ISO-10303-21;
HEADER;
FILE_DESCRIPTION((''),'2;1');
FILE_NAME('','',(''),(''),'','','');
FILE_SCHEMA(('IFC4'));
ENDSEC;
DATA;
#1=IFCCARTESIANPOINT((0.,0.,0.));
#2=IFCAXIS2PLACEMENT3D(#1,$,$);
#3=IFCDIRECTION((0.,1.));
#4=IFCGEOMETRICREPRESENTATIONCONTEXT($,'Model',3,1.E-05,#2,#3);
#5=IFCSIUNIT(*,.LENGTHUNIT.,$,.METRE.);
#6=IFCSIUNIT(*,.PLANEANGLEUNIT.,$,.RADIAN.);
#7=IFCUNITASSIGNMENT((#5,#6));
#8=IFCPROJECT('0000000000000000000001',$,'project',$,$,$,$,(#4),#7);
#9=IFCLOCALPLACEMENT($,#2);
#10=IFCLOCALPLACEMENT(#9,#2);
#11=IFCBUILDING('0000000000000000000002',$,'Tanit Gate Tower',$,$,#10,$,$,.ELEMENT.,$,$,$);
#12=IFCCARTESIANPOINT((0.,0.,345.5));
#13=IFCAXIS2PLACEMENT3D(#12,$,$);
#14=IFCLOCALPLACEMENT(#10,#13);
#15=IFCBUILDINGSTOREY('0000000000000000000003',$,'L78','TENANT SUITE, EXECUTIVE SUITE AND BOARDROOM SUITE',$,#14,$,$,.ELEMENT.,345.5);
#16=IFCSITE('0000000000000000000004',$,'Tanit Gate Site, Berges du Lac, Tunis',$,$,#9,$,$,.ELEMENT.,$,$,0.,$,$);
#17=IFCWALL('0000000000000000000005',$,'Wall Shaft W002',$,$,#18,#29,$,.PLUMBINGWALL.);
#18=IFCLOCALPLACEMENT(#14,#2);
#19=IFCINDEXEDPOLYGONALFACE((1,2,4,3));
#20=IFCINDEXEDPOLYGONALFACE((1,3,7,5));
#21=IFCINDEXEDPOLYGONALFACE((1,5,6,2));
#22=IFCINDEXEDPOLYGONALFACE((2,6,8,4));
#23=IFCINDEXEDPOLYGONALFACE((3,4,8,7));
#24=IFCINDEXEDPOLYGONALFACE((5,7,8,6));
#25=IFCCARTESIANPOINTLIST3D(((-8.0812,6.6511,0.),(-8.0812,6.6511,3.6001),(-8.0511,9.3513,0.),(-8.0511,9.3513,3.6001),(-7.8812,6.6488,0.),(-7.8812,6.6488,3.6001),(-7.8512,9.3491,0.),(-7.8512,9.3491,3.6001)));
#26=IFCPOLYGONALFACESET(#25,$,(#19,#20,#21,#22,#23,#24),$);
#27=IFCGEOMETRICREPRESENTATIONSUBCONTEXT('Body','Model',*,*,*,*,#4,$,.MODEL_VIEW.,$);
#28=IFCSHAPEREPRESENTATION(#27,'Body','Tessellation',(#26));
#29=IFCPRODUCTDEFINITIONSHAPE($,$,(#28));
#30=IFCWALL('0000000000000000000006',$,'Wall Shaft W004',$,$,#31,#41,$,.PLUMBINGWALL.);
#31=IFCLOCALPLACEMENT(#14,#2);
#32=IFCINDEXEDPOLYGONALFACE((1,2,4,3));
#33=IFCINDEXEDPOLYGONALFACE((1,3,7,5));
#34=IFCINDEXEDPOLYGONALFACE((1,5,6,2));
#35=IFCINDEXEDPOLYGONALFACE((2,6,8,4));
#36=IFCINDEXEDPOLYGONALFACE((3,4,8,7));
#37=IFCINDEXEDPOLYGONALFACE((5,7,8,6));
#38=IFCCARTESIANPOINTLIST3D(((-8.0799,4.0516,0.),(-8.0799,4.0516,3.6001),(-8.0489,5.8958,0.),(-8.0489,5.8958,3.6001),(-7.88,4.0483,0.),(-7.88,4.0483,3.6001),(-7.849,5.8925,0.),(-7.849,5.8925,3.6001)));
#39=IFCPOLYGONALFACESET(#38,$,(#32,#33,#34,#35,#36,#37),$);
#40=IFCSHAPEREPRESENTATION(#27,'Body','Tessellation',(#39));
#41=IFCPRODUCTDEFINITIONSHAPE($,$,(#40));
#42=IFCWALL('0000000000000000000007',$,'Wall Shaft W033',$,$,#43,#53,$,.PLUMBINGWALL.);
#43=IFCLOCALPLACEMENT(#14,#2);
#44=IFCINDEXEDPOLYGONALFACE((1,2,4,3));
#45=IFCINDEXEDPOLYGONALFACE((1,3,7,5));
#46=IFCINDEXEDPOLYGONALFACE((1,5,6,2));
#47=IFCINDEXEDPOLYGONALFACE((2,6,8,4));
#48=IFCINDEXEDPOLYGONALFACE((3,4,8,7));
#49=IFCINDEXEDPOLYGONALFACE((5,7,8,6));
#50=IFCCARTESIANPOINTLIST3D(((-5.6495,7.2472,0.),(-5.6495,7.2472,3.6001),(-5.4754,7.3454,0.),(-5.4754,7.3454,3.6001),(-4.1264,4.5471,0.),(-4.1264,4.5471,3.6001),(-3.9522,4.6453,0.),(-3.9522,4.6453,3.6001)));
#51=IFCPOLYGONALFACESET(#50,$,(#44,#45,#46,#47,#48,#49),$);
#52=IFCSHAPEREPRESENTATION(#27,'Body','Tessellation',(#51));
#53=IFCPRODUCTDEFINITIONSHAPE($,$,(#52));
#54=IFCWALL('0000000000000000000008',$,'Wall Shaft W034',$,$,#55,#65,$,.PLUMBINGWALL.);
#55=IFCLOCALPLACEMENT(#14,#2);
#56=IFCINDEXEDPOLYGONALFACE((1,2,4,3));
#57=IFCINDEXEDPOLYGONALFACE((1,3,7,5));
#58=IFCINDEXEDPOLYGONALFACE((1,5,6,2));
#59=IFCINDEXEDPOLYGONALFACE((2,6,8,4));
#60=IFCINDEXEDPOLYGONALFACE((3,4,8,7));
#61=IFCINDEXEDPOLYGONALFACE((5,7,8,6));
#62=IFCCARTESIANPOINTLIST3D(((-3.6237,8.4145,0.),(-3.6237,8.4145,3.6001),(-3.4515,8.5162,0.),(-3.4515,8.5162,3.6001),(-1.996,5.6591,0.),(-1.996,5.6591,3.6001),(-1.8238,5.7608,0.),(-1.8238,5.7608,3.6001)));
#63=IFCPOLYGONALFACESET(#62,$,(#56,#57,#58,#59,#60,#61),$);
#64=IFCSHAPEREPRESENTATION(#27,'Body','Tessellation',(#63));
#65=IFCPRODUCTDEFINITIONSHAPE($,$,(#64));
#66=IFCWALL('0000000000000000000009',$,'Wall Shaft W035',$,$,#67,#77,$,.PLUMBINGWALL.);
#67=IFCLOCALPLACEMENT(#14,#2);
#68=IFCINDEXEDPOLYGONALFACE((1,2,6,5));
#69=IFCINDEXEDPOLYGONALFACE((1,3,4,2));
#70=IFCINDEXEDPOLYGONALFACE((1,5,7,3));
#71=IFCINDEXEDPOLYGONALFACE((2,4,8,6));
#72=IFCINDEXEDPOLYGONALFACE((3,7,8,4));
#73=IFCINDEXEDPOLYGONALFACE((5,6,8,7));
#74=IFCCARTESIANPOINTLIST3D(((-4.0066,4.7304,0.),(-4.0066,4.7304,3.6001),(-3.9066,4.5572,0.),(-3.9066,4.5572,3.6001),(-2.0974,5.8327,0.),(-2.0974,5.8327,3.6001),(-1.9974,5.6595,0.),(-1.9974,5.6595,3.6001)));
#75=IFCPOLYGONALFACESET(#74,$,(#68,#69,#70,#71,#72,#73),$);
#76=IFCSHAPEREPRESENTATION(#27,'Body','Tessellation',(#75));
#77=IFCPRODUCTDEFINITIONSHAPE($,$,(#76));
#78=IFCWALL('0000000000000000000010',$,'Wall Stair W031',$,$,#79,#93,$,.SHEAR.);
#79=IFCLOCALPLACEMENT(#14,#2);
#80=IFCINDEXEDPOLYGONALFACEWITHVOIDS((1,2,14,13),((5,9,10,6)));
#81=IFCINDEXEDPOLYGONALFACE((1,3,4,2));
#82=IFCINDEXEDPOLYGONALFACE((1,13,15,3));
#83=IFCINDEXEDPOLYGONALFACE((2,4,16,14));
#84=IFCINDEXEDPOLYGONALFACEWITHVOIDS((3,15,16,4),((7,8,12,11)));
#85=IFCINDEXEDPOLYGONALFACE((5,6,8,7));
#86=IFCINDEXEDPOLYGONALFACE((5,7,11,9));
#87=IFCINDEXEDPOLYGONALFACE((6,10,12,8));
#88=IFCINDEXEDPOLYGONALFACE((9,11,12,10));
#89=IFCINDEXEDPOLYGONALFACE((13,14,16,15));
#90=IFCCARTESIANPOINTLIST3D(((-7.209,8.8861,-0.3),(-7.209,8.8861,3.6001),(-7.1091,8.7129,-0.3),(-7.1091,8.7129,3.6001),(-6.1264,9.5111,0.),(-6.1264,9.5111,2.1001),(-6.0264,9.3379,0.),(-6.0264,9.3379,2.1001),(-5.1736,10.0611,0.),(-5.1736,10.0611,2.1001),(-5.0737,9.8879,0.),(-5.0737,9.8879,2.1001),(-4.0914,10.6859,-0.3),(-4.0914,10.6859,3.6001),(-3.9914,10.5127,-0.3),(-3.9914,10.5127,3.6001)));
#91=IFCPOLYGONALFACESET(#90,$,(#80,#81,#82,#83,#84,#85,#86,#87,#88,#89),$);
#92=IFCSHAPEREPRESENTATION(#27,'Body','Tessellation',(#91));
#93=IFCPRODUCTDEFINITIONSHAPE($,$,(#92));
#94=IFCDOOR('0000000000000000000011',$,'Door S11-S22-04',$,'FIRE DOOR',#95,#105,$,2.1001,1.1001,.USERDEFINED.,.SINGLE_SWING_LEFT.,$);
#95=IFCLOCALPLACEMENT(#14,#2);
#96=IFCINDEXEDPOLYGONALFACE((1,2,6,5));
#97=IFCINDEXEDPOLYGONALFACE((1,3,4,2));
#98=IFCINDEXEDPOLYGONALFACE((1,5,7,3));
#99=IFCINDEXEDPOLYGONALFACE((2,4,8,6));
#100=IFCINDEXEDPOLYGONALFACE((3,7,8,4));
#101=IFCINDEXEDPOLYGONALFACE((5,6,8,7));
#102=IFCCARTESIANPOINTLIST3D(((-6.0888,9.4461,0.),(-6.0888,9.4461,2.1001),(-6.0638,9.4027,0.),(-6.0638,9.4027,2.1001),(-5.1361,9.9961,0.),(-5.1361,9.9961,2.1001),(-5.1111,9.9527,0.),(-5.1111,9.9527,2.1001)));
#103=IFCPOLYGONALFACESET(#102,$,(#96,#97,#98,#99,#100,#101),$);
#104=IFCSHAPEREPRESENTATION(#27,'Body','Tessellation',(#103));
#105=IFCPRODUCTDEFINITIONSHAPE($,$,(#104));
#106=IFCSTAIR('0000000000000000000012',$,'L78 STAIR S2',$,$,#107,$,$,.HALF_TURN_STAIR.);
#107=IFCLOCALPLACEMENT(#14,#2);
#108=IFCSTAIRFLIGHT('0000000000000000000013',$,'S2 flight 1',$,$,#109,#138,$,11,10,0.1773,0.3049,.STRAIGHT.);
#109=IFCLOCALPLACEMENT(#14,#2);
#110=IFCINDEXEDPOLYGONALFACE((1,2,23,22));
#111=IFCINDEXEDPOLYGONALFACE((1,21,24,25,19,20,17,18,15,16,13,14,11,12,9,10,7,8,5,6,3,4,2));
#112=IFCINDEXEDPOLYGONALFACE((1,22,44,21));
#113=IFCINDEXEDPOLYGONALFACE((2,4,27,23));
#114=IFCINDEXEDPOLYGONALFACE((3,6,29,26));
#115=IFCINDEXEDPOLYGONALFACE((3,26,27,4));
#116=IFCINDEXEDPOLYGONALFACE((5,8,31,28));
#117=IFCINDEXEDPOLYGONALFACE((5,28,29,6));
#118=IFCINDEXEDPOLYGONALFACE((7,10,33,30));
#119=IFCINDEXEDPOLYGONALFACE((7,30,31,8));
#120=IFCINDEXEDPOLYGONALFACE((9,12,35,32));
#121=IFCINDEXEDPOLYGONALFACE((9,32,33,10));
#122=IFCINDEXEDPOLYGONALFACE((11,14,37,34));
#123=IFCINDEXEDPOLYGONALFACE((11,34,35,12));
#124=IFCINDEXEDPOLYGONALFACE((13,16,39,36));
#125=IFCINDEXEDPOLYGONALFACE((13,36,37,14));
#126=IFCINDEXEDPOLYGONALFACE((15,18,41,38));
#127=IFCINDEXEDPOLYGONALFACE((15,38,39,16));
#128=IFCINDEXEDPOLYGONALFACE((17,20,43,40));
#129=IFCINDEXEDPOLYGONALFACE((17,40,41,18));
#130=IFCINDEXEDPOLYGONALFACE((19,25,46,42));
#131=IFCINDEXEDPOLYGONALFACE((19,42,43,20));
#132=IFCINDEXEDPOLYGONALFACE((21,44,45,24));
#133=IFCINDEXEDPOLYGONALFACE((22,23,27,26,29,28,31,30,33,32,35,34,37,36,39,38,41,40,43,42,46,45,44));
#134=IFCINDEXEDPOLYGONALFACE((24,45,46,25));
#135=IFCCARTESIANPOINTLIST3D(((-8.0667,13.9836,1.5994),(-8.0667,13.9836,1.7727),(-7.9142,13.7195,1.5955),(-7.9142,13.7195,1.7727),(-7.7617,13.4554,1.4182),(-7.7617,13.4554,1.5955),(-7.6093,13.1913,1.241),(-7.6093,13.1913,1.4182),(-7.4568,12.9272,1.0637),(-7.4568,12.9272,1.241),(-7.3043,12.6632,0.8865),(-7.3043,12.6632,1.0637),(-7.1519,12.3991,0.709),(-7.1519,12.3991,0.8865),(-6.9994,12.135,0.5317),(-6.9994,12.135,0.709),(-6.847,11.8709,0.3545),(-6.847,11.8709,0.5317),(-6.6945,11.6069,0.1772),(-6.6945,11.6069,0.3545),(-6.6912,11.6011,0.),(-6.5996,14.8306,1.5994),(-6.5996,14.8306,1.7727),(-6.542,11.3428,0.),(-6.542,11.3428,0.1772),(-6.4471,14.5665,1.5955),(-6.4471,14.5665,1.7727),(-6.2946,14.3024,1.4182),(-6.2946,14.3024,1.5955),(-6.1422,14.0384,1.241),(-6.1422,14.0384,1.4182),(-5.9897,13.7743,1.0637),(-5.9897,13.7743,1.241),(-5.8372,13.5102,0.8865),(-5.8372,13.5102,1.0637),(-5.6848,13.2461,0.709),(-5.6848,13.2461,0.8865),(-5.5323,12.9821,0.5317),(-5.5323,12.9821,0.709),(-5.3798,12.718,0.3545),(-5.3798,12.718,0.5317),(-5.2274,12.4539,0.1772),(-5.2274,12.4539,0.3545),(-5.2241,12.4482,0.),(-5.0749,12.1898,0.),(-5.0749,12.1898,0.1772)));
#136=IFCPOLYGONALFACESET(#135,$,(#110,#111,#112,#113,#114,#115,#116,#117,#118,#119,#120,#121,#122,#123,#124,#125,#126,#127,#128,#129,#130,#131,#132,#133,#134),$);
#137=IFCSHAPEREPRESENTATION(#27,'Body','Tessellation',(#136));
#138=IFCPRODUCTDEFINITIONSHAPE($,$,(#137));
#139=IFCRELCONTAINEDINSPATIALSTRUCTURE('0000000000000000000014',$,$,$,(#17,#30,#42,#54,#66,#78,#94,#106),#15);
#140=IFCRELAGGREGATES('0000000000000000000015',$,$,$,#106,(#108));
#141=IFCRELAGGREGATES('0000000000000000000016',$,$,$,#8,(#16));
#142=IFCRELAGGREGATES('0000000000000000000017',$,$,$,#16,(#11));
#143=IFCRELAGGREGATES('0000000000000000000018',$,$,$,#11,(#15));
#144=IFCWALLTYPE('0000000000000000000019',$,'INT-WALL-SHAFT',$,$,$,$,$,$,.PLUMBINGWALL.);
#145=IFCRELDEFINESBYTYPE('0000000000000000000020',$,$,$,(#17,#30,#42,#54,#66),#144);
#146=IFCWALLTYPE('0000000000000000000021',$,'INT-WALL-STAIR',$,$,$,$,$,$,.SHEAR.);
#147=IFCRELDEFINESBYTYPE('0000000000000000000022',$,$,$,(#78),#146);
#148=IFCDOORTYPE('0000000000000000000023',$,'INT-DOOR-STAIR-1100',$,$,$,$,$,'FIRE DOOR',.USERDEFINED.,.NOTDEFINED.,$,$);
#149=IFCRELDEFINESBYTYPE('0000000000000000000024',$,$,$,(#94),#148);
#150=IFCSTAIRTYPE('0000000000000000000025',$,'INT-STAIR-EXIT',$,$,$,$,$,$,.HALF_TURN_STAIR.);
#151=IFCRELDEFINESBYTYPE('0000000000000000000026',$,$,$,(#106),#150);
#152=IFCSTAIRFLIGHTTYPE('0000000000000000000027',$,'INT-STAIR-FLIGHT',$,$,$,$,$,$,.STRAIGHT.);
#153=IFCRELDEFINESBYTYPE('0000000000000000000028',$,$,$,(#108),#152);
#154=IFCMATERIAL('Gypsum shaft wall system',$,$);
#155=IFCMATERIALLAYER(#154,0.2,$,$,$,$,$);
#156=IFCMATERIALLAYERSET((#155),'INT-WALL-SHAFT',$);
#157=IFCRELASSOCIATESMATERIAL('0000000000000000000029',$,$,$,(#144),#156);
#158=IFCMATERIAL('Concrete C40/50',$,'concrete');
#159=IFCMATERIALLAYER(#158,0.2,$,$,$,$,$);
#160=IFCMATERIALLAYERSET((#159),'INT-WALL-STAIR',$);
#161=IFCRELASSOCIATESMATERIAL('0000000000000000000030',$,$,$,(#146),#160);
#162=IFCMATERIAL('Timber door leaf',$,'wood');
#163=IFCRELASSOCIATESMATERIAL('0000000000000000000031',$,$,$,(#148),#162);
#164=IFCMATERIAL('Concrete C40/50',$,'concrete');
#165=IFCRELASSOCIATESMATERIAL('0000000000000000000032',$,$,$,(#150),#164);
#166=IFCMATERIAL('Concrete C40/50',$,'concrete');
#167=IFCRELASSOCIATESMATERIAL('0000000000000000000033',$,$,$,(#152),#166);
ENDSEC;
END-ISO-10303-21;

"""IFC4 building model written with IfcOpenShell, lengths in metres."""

from ifc_helpers import new_model, si_unit, direction, frame, frame_2d, origin, place, context, subcontext, project, spatial, polyline, rectangle, outline, extrude, material, layer, layer_set, type_object, element, fill, aggregate, save


model = new_model("IFC4")

# Units and contexts
model_context = context("Model", 3, precision=1e-05, world=origin(), true_north=direction((0.0, 1.0)))
body_context = subcontext(model_context, "Body", "Model", "MODEL_VIEW")
ifc_project = project(units=[si_unit("LENGTHUNIT", "METRE"), si_unit("PLANEANGLEUNIT", "RADIAN")], contexts=[model_context])

# Site, building, storey
site_placement = place(None, origin())
site = spatial("IfcSite", under=ifc_project, at=site_placement, Name="Tanit Gate Site, Berges du Lac, Tunis", CompositionType="ELEMENT", RefElevation=0.0)
building_placement = place(site_placement, origin())
building = spatial("IfcBuilding", under=site, at=building_placement, Name="Tanit Gate Tower", CompositionType="ELEMENT")
storey_placement = place(building_placement, frame((0.0, 0.0, 345.5)))
storey = spatial("IfcBuildingStorey", under=building, at=storey_placement, Name="L78", Description="TENANT SUITE, EXECUTIVE SUITE AND BOARDROOM SUITE", CompositionType="ELEMENT", Elevation=345.5)

# Walls
ifc_material_1 = material(Name="Gypsum shaft wall system")
ifc_layer_1 = layer(ifc_material_1, 0.2)
ifc_layer_set_1 = layer_set([ifc_layer_1], Name="INT-WALL-SHAFT")
wall_type_1 = type_object("IfcWallType", Name="INT-WALL-SHAFT", PredefinedType="PLUMBINGWALL", material=ifc_layer_set_1)
wall_1_placement = place(storey_placement, frame((-7.9512, 9.3501, 0.0), z_axis=(0.0, 0.0, 1.0), x_axis=(-0.01112, -0.999938, 0.0)))
element("IfcWall", 1, at=wall_1_placement, inside=storey, type_object=wall_type_1, Name="Wall Shaft W002", PredefinedType="PLUMBINGWALL", context=body_context, shape_type="SweptSolid", body=[
    extrude(rectangle(XDim=2.7004, YDim=0.2, at=frame_2d((1.3501, 0.0))), origin(), (0.0, 0.0, 1.0), 3.6001),
])
wall_2_placement = place(storey_placement, frame((-7.949, 5.8943, 0.0), z_axis=(0.0, 0.0, 1.0), x_axis=(-0.01681, -0.999859, 0.0)))
element("IfcWall", 2, at=wall_2_placement, inside=storey, type_object=wall_type_1, Name="Wall Shaft W004", PredefinedType="PLUMBINGWALL", context=body_context, shape_type="SweptSolid", body=[
    extrude(rectangle(XDim=1.8445, YDim=0.2, at=frame_2d((0.9224, 0.0))), origin(), (0.0, 0.0, 1.0), 3.6001),
])

# Walls
wall_3_placement = place(storey_placement, frame((-4.0393, 4.5962, 0.0), z_axis=(0.0, 0.0, 1.0), x_axis=(-0.491323, 0.870978, 0.0)))
element("IfcWall", 3, at=wall_3_placement, inside=storey, type_object=wall_type_1, Name="Wall Shaft W033", PredefinedType="PLUMBINGWALL", context=body_context, shape_type="SweptSolid", body=[
    extrude(rectangle(XDim=3.1001, YDim=0.2, at=frame_2d((1.55, 0.0))), origin(), (0.0, 0.0, 1.0), 3.6001),
])
wall_4_placement = place(storey_placement, frame((-3.5376, 8.4653, 0.0), z_axis=(0.0, 0.0, 1.0), x_axis=(0.508616, -0.860993, 0.0)))
element("IfcWall", 4, at=wall_4_placement, inside=storey, type_object=wall_type_1, Name="Wall Shaft W034", PredefinedType="PLUMBINGWALL", context=body_context, shape_type="SweptSolid", body=[
    extrude(rectangle(XDim=3.2002, YDim=0.2, at=frame_2d((1.6001, 0.0))), origin(), (0.0, 0.0, 1.0), 3.6001),
])
wall_5_placement = place(storey_placement, frame((-2.0474, 5.7461, 0.0), z_axis=(0.0, 0.0, 1.0), x_axis=(-0.86602, -0.50001, 0.0)))
element("IfcWall", 5, at=wall_5_placement, inside=storey, type_object=wall_type_1, Name="Wall Shaft W035", PredefinedType="PLUMBINGWALL", context=body_context, shape_type="SweptSolid", body=[
    extrude(rectangle(XDim=2.2046, YDim=0.2, at=frame_2d((1.1023, 0.0))), origin(), (0.0, 0.0, 1.0), 3.6001),
])

# Wall, opening, door
ifc_material_2 = material(Name="Concrete C40/50", Category="concrete")
ifc_layer_2 = layer(ifc_material_2, 0.2)
ifc_layer_set_2 = layer_set([ifc_layer_2], Name="INT-WALL-STAIR")
wall_type_2 = type_object("IfcWallType", Name="INT-WALL-STAIR", PredefinedType="SHEAR", material=ifc_layer_set_2)
wall_6_placement = place(storey_placement, frame((-7.1589, 8.7996, -0.3), z_axis=(0.0, 0.0, 1.0), x_axis=(0.866048, 0.499961, 0.0)))
wall_6 = element("IfcWall", 6, at=wall_6_placement, inside=storey, type_object=wall_type_2, Name="Wall Stair W031", PredefinedType="SHEAR", context=body_context, shape_type="SweptSolid", body=[
    extrude(rectangle(XDim=3.5999, YDim=0.2, at=frame_2d((1.7998, 0.0))), origin(), (0.0, 0.0, 1.0), 3.9001),
])
opening_1_placement = place(wall_6_placement, frame((1.25, 0.0, 0.3)))
opening_1 = element("IfcOpeningElement", 7, at=opening_1_placement, cuts=wall_6, PredefinedType="OPENING", context=body_context, shape_type="SweptSolid", body=[
    extrude(rectangle(XDim=1.1001, YDim=2.1001, at=frame_2d((0.55, 1.05))), frame((0.0, 0.1099, 0.0), z_axis=(0.0, -1.0, 0.0), x_axis=(1.0, 0.0, 0.0)), (0.0, 0.0, 1.0), 0.22),
])
ifc_material_3 = material(Name="Timber door leaf", Category="wood")
door_type_1 = type_object("IfcDoorType", Name="INT-DOOR-STAIR-1100", ElementType="FIRE DOOR", OperationType="NOTDEFINED", PredefinedType="USERDEFINED", material=ifc_material_3)
door_1_placement = place(opening_1_placement, origin())
door_1 = element("IfcDoor", 8, at=door_1_placement, inside=storey, type_object=door_type_1, Name="Door S11-S22-04", ObjectType="FIRE DOOR", OperationType="SINGLE_SWING_LEFT", OverallHeight=2.1001, OverallWidth=1.1001, PredefinedType="USERDEFINED", context=body_context, shape_type="SweptSolid", body=[
    extrude(rectangle(XDim=1.1001, YDim=2.1001, at=frame_2d((0.55, 1.05))), frame((0.0, 0.0249, 0.0), z_axis=(0.0, -1.0, 0.0), x_axis=(1.0, 0.0, 0.0)), (0.0, 0.0, 1.0), 0.05),
])
fill(opening_1, door_1)

# Stair, stair flight
ifc_material_4 = material(Name="Concrete C40/50", Category="concrete")
stair_type = type_object("IfcStairType", Name="INT-STAIR-EXIT", PredefinedType="HALF_TURN_STAIR", material=ifc_material_4)
stair_placement = place(storey_placement, origin())
stair = element("IfcStair", 9, at=stair_placement, inside=storey, type_object=stair_type, Name="L78 STAIR S2", PredefinedType="HALF_TURN_STAIR")
ifc_material_5 = material(Name="Concrete C40/50", Category="concrete")
stair_flight_type = type_object("IfcStairFlightType", Name="INT-STAIR-FLIGHT", PredefinedType="STRAIGHT", material=ifc_material_5)
stair_flight_placement = place(storey_placement, frame((-5.8083, 11.7664, 0.0), z_axis=(0.0, 0.0, 1.0), x_axis=(-0.5, 0.866025, 0.0)))
stair_flight = element("IfcStairFlight", 10, at=stair_flight_placement, type_object=stair_flight_type, Name="S2 flight 1", NumberOfRisers=11, NumberOfTreads=10, PredefinedType="STRAIGHT", RiserHeight=0.1773, TreadLength=0.3049, context=body_context, shape_type="SweptSolid", body=[
    extrude(outline(polyline([(0.0, 0.0), (0.0, 0.1772), (0.3049, 0.1772), (0.3049, 0.3545), (0.6099, 0.3545), (0.6099, 0.5317), (0.9148, 0.5317), (0.9148, 0.709), (1.2197, 0.709), (1.2197, 0.8865), (1.5247, 0.8865), (1.5247, 1.0637), (1.8296, 1.0637), (1.8296, 1.241), (2.1345, 1.241), (2.1345, 1.4182), (2.4395, 1.4182), (2.4395, 1.5955), (2.7444, 1.5955), (2.7444, 1.7727), (3.0493, 1.7727), (3.0493, 1.95), (3.0493, 1.5994), (0.2983, 0.0), (0.0, 0.0)])), frame((0.0, 0.8472, 0.0), z_axis=(0.0, -1.0, 0.0), x_axis=(1.0, 0.0, 0.0)), (0.0, 0.0, 1.0), 1.6941),
])
aggregate(stair, [stair_flight])

save(model, "model.ifc")
